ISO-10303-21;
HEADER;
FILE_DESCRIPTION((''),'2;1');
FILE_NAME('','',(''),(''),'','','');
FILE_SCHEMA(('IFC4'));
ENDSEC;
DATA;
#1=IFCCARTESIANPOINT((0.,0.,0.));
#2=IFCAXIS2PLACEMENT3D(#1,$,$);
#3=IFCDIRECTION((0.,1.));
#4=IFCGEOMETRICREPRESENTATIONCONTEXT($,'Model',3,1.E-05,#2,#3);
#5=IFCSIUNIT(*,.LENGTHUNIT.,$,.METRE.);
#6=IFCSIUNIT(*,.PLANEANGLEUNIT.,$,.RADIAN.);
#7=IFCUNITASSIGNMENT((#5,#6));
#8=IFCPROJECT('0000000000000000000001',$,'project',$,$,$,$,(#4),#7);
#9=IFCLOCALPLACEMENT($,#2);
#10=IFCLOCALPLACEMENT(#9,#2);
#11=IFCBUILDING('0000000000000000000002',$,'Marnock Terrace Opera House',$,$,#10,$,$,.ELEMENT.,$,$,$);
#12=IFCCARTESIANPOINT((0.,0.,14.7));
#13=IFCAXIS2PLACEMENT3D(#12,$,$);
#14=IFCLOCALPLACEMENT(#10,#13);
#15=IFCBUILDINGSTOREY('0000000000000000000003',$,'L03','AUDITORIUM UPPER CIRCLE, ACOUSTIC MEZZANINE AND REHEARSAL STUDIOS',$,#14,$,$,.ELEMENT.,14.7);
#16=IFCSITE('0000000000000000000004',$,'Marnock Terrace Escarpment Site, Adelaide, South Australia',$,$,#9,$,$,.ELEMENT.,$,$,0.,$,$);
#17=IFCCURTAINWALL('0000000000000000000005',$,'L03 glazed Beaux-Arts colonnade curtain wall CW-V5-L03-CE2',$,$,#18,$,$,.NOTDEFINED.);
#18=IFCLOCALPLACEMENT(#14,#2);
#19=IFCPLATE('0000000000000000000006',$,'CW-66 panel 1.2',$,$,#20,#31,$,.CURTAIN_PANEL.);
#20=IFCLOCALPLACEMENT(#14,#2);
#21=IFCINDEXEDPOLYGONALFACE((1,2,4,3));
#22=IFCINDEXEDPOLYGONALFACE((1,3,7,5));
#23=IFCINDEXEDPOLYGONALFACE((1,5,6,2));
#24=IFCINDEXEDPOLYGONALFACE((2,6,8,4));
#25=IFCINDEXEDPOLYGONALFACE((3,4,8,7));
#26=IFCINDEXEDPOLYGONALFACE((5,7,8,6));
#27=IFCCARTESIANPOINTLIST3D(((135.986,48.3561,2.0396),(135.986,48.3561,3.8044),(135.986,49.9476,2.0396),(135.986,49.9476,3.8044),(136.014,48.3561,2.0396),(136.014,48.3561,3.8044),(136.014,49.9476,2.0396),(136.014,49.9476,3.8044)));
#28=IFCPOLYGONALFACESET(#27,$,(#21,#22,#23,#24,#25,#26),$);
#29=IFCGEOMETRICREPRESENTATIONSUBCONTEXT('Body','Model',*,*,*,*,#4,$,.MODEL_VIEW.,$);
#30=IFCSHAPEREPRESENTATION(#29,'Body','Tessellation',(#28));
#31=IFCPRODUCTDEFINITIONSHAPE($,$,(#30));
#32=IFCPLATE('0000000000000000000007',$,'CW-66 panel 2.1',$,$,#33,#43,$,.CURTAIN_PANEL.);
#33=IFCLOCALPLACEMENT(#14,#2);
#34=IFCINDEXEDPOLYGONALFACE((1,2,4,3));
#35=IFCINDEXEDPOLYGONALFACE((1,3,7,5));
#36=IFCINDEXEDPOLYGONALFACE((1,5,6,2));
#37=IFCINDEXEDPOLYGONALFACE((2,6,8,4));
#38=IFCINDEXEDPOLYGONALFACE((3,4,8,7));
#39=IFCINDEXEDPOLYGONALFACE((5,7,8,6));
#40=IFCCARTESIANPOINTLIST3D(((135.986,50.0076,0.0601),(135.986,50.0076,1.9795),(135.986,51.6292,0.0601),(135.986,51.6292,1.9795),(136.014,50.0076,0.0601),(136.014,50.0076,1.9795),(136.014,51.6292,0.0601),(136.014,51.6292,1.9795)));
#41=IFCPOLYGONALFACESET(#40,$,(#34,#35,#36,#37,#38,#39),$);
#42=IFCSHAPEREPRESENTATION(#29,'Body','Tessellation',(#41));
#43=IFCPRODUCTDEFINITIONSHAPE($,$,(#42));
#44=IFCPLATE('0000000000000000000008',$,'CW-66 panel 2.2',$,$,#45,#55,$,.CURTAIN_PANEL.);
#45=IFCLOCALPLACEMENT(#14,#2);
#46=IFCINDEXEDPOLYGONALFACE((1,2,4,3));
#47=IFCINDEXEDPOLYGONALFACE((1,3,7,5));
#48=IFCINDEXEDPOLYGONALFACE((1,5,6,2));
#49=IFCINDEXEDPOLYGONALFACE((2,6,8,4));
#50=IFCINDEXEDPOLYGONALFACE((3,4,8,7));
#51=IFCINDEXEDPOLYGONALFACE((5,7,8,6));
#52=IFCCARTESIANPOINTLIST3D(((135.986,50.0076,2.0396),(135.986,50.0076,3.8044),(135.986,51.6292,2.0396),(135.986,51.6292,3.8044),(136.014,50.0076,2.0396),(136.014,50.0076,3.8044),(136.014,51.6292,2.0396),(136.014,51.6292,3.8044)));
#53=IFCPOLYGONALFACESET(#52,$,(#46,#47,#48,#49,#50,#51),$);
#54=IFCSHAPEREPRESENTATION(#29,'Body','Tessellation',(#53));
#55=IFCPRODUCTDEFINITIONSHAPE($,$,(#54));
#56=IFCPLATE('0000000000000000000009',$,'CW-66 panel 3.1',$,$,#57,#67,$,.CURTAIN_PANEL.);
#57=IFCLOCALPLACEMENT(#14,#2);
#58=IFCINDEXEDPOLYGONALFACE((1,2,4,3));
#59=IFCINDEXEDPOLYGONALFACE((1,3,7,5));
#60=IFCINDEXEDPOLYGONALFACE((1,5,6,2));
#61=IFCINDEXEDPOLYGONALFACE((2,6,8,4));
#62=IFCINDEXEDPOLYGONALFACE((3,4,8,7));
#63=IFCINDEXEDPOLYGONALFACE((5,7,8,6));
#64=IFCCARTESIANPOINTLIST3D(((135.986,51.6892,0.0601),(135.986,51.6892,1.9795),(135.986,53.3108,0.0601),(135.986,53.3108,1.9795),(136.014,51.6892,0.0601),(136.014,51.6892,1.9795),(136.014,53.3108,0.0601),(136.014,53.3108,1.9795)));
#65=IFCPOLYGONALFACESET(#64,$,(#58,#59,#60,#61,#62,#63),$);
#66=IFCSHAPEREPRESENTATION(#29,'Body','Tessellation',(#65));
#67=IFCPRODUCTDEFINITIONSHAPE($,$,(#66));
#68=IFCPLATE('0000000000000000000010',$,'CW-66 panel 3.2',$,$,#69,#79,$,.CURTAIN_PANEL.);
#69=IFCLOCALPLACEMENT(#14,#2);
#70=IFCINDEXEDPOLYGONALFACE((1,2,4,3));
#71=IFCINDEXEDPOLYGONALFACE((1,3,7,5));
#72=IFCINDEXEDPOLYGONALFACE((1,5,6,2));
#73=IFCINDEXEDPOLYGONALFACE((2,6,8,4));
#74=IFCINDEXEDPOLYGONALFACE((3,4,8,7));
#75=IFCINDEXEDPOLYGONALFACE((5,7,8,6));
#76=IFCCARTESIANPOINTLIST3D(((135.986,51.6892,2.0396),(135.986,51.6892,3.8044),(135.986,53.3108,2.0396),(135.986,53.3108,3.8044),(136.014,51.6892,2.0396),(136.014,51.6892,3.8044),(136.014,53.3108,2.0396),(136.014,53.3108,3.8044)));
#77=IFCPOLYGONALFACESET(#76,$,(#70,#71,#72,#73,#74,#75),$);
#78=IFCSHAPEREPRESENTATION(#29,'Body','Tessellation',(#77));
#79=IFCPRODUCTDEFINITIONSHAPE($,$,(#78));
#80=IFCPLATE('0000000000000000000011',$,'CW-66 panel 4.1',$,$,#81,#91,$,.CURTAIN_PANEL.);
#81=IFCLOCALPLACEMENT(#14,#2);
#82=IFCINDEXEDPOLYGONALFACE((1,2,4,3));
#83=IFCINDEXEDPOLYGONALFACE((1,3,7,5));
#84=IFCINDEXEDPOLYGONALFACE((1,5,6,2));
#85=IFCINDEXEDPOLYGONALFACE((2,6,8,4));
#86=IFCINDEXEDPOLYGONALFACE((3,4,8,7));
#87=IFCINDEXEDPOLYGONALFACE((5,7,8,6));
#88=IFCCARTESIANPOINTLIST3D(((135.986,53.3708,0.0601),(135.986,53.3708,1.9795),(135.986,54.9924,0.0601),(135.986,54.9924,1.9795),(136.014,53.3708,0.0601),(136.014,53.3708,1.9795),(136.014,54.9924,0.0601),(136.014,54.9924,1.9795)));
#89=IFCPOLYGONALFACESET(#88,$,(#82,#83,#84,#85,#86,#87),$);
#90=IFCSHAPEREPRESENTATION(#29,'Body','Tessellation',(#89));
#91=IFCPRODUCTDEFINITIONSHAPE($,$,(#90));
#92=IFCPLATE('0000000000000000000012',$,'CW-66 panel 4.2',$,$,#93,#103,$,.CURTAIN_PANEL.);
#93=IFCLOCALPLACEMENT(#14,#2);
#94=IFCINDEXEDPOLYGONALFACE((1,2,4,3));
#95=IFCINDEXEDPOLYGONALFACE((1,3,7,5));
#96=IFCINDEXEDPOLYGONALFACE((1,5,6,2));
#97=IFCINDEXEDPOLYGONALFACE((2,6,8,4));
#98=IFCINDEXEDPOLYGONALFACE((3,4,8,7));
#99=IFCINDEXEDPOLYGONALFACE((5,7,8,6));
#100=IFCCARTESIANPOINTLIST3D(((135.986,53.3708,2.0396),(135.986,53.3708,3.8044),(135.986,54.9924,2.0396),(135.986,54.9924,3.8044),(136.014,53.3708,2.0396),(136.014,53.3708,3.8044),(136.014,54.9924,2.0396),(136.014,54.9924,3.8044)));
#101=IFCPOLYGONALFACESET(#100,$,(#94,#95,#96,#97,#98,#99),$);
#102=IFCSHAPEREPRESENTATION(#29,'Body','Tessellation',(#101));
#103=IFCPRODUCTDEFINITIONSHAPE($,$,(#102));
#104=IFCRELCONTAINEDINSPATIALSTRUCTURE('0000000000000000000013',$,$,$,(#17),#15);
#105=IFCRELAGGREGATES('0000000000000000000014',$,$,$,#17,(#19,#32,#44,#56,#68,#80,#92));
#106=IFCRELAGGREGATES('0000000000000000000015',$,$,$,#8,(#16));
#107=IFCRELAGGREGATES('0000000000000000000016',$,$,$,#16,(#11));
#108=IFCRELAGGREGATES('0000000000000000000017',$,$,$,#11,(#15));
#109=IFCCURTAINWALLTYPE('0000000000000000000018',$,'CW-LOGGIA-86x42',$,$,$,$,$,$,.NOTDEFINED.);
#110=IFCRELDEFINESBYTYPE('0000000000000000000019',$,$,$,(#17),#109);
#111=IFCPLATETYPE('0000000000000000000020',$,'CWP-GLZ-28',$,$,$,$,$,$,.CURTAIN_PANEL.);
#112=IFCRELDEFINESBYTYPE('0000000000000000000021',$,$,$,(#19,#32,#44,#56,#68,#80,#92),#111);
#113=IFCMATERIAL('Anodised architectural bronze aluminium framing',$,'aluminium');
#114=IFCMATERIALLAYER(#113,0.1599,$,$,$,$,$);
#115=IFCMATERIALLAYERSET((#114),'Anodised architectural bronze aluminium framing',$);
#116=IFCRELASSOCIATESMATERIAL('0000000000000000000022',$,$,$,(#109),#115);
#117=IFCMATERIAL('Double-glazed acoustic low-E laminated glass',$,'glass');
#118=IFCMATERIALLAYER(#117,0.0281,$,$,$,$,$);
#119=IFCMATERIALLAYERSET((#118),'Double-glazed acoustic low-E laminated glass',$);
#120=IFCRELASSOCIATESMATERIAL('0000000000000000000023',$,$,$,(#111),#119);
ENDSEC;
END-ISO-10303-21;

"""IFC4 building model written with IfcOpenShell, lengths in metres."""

from ifc_helpers import new_model, si_unit, direction, frame, origin, origin_2d, place, context, subcontext, project, spatial, rectangle, extrude, material, layer, layer_set, type_object, element, aggregate, save


model = new_model("IFC4")

# Units and contexts
model_context = context("Model", 3, precision=1e-05, world=origin(), true_north=direction((0.0, 1.0)))
body_context = subcontext(model_context, "Body", "Model", "MODEL_VIEW")
ifc_project = project(units=[si_unit("LENGTHUNIT", "METRE"), si_unit("PLANEANGLEUNIT", "RADIAN")], contexts=[model_context])

# Site, building, storey
site_placement = place(None, origin())
site = spatial("IfcSite", under=ifc_project, at=site_placement, Name="Marnock Terrace Escarpment Site, Adelaide, South Australia", CompositionType="ELEMENT", RefElevation=0.0)
building_placement = place(site_placement, origin())
building = spatial("IfcBuilding", under=site, at=building_placement, Name="Marnock Terrace Opera House", CompositionType="ELEMENT")
storey_placement = place(building_placement, frame((0.0, 0.0, 14.7)))
storey = spatial("IfcBuildingStorey", under=building, at=storey_placement, Name="L03", Description="AUDITORIUM UPPER CIRCLE, ACOUSTIC MEZZANINE AND REHEARSAL STUDIOS", CompositionType="ELEMENT", Elevation=14.7)

# Shared definitions
ifc_material_1 = material(Name="Anodised architectural bronze aluminium framing", Category="aluminium")
ifc_layer_1 = layer(ifc_material_1, 0.1599)
ifc_layer_set_1 = layer_set([ifc_layer_1], Name="Anodised architectural bronze aluminium framing")
curtain_wall_type = type_object("IfcCurtainWallType", Name="CW-LOGGIA-86x42", PredefinedType="NOTDEFINED", material=ifc_layer_set_1)

# Curtain wall
curtain_wall_1_placement = place(storey_placement, origin())
curtain_wall_1 = element("IfcCurtainWall", 1, at=curtain_wall_1_placement, inside=storey, type_object=curtain_wall_type, Name="L03 glazed Beaux-Arts colonnade curtain wall CW-V5-L03-CE2", PredefinedType="NOTDEFINED")

# Plates
ifc_material_2 = material(Name="Double-glazed acoustic low-E laminated glass", Category="glass")
ifc_layer_2 = layer(ifc_material_2, 0.0281)
ifc_layer_set_2 = layer_set([ifc_layer_2], Name="Double-glazed acoustic low-E laminated glass")
plate_type = type_object("IfcPlateType", Name="CWP-GLZ-28", PredefinedType="CURTAIN_PANEL", material=ifc_layer_set_2)
plate_1_placement = place(storey_placement, frame((136.0, 49.1519, 2.0396), z_axis=(0.0, 0.0, 1.0), x_axis=(0.0, 1.0, 0.0)))
plate_1 = element("IfcPlate", 2, at=plate_1_placement, type_object=plate_type, Name="CW-66 panel 1.2", PredefinedType="CURTAIN_PANEL", context=body_context, shape_type="SweptSolid", body=[
    extrude(rectangle(XDim=1.5916, YDim=0.0281, at=origin_2d()), origin(), (0.0, 0.0, 1.0), 1.7649),
])
plate_2_placement = place(storey_placement, frame((136.0, 50.8184, 0.0601), z_axis=(0.0, 0.0, 1.0), x_axis=(0.0, 1.0, 0.0)))
plate_2 = element("IfcPlate", 3, at=plate_2_placement, type_object=plate_type, Name="CW-66 panel 2.1", PredefinedType="CURTAIN_PANEL", context=body_context, shape_type="SweptSolid", body=[
    extrude(rectangle(XDim=1.6216, YDim=0.0281, at=origin_2d()), origin(), (0.0, 0.0, 1.0), 1.9194),
])
plate_3_placement = place(storey_placement, frame((136.0, 50.8184, 2.0396), z_axis=(0.0, 0.0, 1.0), x_axis=(0.0, 1.0, 0.0)))
plate_3 = element("IfcPlate", 4, at=plate_3_placement, type_object=plate_type, Name="CW-66 panel 2.2", PredefinedType="CURTAIN_PANEL", context=body_context, shape_type="SweptSolid", body=[
    extrude(rectangle(XDim=1.6216, YDim=0.0281, at=origin_2d()), origin(), (0.0, 0.0, 1.0), 1.7649),
])
plate_4_placement = place(storey_placement, frame((136.0, 52.5, 0.0601), z_axis=(0.0, 0.0, 1.0), x_axis=(0.0, 1.0, 0.0)))
plate_4 = element("IfcPlate", 5, at=plate_4_placement, type_object=plate_type, Name="CW-66 panel 3.1", PredefinedType="CURTAIN_PANEL", context=body_context, shape_type="SweptSolid", body=[
    extrude(rectangle(XDim=1.6216, YDim=0.0281, at=origin_2d()), origin(), (0.0, 0.0, 1.0), 1.9194),
])
plate_5_placement = place(storey_placement, frame((136.0, 52.5, 2.0396), z_axis=(0.0, 0.0, 1.0), x_axis=(0.0, 1.0, 0.0)))
plate_5 = element("IfcPlate", 6, at=plate_5_placement, type_object=plate_type, Name="CW-66 panel 3.2", PredefinedType="CURTAIN_PANEL", context=body_context, shape_type="SweptSolid", body=[
    extrude(rectangle(XDim=1.6216, YDim=0.0281, at=origin_2d()), origin(), (0.0, 0.0, 1.0), 1.7649),
])
plate_6_placement = place(storey_placement, frame((136.0, 54.1816, 0.0601), z_axis=(0.0, 0.0, 1.0), x_axis=(0.0, 1.0, 0.0)))
plate_6 = element("IfcPlate", 7, at=plate_6_placement, type_object=plate_type, Name="CW-66 panel 4.1", PredefinedType="CURTAIN_PANEL", context=body_context, shape_type="SweptSolid", body=[
    extrude(rectangle(XDim=1.6216, YDim=0.0281, at=origin_2d()), origin(), (0.0, 0.0, 1.0), 1.9194),
])
plate_7_placement = place(storey_placement, frame((136.0, 54.1816, 2.0396), z_axis=(0.0, 0.0, 1.0), x_axis=(0.0, 1.0, 0.0)))
plate_7 = element("IfcPlate", 8, at=plate_7_placement, type_object=plate_type, Name="CW-66 panel 4.2", PredefinedType="CURTAIN_PANEL", context=body_context, shape_type="SweptSolid", body=[
    extrude(rectangle(XDim=1.6216, YDim=0.0281, at=origin_2d()), origin(), (0.0, 0.0, 1.0), 1.7649),
])
aggregate(curtain_wall_1, [plate_1, plate_2, plate_3, plate_4, plate_5, plate_6, plate_7])

save(model, "model.ifc")
